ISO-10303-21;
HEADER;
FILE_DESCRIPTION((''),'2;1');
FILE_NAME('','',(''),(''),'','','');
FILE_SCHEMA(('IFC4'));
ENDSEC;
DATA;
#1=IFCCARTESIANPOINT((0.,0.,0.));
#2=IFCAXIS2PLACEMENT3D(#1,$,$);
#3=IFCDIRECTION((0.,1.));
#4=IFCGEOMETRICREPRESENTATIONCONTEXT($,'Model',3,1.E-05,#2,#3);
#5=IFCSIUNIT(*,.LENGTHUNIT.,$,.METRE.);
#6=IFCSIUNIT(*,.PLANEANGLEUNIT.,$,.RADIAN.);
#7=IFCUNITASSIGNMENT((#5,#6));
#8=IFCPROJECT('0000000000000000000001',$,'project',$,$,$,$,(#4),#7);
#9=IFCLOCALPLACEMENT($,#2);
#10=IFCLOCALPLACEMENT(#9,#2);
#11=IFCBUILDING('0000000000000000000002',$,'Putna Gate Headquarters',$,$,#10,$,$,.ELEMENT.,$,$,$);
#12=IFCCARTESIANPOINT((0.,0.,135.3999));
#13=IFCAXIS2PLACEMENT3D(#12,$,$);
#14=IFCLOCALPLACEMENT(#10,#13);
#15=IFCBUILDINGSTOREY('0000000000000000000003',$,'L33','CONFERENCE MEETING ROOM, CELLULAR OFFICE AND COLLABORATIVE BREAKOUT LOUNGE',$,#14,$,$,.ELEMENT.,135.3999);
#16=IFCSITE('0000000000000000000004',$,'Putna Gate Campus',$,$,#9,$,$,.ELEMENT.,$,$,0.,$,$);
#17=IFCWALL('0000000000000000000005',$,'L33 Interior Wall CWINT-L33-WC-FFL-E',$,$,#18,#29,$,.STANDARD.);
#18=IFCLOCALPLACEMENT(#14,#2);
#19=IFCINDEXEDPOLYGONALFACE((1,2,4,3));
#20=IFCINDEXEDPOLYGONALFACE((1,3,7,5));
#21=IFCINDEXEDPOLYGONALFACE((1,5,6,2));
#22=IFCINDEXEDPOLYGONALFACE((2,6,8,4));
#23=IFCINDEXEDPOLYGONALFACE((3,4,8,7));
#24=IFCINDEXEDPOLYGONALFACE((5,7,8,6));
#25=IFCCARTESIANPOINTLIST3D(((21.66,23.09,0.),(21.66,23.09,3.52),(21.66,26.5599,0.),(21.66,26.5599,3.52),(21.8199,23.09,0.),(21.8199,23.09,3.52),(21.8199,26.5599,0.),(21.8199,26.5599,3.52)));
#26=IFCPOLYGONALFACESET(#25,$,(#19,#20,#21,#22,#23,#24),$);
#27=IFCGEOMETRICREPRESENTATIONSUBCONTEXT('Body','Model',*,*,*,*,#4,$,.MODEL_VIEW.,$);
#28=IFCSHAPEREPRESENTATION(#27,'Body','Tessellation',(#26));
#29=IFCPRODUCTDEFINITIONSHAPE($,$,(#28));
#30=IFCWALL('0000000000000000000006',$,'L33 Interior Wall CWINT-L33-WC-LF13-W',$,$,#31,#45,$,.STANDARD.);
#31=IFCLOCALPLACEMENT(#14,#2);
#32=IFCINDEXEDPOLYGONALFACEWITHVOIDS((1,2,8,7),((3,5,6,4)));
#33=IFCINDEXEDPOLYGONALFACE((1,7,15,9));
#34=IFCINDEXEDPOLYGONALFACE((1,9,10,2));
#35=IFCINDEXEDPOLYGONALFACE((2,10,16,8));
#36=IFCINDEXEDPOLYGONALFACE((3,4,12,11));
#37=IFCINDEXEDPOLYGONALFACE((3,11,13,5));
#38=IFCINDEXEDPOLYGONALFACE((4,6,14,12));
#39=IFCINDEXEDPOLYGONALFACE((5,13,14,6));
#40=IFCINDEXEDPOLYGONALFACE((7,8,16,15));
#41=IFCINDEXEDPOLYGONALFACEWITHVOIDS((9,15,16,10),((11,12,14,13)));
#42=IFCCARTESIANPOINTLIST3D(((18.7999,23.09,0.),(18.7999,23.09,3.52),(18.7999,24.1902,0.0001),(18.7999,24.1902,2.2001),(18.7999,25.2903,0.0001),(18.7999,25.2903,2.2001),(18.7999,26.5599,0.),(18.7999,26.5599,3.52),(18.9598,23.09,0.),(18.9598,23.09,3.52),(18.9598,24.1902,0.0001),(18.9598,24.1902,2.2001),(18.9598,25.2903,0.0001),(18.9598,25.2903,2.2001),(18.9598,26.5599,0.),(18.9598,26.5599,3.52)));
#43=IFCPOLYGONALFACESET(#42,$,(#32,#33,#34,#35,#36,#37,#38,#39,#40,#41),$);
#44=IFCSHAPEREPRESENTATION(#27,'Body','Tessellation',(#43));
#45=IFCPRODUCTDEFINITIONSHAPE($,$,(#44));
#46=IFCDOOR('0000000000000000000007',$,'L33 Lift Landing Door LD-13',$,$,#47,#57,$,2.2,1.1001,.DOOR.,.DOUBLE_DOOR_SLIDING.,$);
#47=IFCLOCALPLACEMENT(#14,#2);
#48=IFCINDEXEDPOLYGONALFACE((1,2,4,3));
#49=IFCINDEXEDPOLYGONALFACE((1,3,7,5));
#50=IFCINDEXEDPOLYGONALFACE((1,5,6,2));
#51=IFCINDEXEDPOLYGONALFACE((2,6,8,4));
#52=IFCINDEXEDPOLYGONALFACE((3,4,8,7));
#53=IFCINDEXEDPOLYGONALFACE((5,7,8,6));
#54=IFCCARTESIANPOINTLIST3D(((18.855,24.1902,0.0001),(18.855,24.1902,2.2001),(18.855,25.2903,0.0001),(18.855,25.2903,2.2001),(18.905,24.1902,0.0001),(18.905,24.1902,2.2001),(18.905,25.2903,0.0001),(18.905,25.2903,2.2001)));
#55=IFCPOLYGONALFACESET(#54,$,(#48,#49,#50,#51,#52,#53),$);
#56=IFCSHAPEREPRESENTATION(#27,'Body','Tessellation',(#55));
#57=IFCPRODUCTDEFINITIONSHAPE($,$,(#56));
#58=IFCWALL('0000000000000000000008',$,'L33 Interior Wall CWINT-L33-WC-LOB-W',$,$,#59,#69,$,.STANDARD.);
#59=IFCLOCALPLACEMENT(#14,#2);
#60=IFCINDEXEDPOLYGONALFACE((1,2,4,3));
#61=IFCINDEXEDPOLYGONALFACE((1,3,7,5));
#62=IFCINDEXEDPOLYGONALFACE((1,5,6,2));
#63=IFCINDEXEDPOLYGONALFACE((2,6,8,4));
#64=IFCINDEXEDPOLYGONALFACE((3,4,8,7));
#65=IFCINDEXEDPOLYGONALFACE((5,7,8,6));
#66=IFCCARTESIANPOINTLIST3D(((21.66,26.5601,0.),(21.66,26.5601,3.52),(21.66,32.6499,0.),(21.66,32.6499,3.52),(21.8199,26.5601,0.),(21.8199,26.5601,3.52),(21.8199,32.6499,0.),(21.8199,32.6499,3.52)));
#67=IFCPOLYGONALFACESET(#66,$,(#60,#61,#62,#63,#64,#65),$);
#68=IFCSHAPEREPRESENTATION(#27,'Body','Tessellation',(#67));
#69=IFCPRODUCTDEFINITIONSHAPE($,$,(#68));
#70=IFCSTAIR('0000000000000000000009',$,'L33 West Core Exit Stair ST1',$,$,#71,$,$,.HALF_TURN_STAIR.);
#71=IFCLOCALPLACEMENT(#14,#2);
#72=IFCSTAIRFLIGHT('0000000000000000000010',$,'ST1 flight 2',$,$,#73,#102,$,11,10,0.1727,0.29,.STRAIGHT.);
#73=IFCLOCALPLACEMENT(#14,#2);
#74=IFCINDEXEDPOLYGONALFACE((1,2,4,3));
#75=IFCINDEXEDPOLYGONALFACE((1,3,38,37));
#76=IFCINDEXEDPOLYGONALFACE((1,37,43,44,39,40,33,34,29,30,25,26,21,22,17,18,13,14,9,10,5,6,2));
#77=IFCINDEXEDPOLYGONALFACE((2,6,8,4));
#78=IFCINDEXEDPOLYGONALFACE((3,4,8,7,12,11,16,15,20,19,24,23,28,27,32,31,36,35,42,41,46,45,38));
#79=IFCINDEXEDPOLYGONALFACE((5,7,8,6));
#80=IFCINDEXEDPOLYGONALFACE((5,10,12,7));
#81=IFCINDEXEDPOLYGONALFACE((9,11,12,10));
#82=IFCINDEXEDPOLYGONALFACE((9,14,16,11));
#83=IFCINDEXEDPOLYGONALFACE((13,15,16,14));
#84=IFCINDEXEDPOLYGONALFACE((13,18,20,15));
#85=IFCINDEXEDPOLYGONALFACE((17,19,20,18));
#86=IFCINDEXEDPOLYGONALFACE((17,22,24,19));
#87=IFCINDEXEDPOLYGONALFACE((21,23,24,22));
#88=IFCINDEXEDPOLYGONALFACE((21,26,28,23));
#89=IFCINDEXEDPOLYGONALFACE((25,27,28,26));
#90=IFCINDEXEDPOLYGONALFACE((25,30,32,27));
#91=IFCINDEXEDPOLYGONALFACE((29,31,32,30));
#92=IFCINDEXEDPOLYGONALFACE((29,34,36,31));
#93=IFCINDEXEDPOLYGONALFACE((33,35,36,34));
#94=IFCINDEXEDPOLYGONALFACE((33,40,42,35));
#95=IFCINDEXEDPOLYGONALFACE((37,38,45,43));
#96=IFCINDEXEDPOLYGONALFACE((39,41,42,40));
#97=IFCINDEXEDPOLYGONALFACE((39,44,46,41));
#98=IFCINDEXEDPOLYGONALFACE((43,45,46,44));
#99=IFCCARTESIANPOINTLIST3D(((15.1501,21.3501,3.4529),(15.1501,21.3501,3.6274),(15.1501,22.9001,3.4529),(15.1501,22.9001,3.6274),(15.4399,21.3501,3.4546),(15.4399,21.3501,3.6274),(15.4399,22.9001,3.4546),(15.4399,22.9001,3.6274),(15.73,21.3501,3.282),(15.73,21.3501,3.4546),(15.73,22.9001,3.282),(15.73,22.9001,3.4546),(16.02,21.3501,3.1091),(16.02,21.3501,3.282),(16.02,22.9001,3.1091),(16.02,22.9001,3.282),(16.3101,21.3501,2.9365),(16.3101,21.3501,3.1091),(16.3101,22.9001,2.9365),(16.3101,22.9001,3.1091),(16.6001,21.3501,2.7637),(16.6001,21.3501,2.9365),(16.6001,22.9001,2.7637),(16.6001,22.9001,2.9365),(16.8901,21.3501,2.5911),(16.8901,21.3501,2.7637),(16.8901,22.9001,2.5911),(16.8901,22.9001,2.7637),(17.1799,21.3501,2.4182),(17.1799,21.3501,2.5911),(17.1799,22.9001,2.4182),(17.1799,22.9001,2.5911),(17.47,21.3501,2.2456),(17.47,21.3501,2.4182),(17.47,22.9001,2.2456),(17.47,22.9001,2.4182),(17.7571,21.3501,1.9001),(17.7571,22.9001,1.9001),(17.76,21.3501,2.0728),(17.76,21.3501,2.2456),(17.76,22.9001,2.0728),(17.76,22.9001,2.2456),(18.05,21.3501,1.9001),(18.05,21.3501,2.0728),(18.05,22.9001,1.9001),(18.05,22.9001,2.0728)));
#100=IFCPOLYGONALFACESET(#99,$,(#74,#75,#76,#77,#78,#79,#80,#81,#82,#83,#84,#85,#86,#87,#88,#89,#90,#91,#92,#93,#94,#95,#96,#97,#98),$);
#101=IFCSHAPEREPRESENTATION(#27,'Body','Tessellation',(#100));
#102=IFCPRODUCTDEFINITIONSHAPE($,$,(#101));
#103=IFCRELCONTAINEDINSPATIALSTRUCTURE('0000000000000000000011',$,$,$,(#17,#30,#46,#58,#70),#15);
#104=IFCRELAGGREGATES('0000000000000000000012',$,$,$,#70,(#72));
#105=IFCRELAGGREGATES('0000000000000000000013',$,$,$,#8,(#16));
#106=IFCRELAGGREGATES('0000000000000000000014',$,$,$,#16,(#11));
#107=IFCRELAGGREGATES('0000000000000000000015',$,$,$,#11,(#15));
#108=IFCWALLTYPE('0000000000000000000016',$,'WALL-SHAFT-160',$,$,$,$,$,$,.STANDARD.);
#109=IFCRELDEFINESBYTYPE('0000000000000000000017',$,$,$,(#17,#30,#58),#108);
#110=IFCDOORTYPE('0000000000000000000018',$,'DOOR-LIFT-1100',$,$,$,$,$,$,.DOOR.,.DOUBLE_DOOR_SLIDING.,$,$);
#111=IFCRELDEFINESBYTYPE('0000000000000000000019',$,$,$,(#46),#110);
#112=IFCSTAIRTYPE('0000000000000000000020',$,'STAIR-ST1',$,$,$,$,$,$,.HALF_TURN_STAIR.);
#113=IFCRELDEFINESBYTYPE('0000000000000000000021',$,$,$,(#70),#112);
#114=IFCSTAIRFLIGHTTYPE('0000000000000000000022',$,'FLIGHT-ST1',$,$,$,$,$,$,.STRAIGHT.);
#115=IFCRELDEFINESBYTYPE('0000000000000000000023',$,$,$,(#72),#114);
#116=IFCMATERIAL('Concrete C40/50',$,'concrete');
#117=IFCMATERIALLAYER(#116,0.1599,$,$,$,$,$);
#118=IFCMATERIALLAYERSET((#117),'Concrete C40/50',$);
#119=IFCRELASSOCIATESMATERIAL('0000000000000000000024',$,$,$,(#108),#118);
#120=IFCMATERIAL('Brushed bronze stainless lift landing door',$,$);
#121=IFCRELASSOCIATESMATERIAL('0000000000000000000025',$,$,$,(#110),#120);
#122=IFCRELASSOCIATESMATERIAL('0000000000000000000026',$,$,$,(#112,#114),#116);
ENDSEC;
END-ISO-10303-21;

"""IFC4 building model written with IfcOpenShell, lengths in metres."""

from ifc_helpers import new_model, si_unit, direction, frame, frame_2d, origin, place, context, subcontext, project, spatial, polyline, rectangle, outline, extrude, material, layer, layer_set, type_object, element, fill, aggregate, save


model = new_model("IFC4")

# Units and contexts
model_context = context("Model", 3, precision=1e-05, world=origin(), true_north=direction((0.0, 1.0)))
body_context = subcontext(model_context, "Body", "Model", "MODEL_VIEW")
ifc_project = project(units=[si_unit("LENGTHUNIT", "METRE"), si_unit("PLANEANGLEUNIT", "RADIAN")], contexts=[model_context])

# Site, building, storey
site_placement = place(None, origin())
site = spatial("IfcSite", under=ifc_project, at=site_placement, Name="Putna Gate Campus", CompositionType="ELEMENT", RefElevation=0.0)
building_placement = place(site_placement, origin())
building = spatial("IfcBuilding", under=site, at=building_placement, Name="Putna Gate Headquarters", CompositionType="ELEMENT")
storey_placement = place(building_placement, frame((0.0, 0.0, 135.3999)))
storey = spatial("IfcBuildingStorey", under=building, at=storey_placement, Name="L33", Description="CONFERENCE MEETING ROOM, CELLULAR OFFICE AND COLLABORATIVE BREAKOUT LOUNGE", CompositionType="ELEMENT", Elevation=135.3999)

# Wall
ifc_material_1 = material(Name="Concrete C40/50", Category="concrete")
ifc_layer_1 = layer(ifc_material_1, 0.1599)
ifc_layer_set_1 = layer_set([ifc_layer_1], Name="Concrete C40/50")
wall_type_1 = type_object("IfcWallType", Name="WALL-SHAFT-160", PredefinedType="STANDARD", material=ifc_layer_set_1)
wall_1_placement = place(storey_placement, frame((21.74, 23.0901, 0.0), z_axis=(0.0, 0.0, 1.0), x_axis=(0.0, 1.0, 0.0)))
element("IfcWall", 1, at=wall_1_placement, inside=storey, type_object=wall_type_1, Name="L33 Interior Wall CWINT-L33-WC-FFL-E", PredefinedType="STANDARD", context=body_context, shape_type="SweptSolid", body=[
    extrude(rectangle(XDim=3.47, YDim=0.1599, at=frame_2d((1.7349, 0.0))), origin(), (0.0, 0.0, 1.0), 3.52),
])

# Wall, opening, door
wall_2_placement = place(storey_placement, frame((18.8799, 23.0901, 0.0), z_axis=(0.0, 0.0, 1.0), x_axis=(0.0, 1.0, 0.0)))
wall_2 = element("IfcWall", 2, at=wall_2_placement, inside=storey, type_object=wall_type_1, Name="L33 Interior Wall CWINT-L33-WC-LF13-W", PredefinedType="STANDARD", context=body_context, shape_type="SweptSolid", body=[
    extrude(rectangle(XDim=3.47, YDim=0.1599, at=frame_2d((1.7349, 0.0))), origin(), (0.0, 0.0, 1.0), 3.52),
])
opening_1_placement = place(wall_2_placement, frame((1.1001, 0.0, 0.0)))
opening_1 = element("IfcOpeningElement", 3, at=opening_1_placement, cuts=wall_2, PredefinedType="OPENING", context=body_context, shape_type="SweptSolid", body=[
    extrude(rectangle(XDim=1.1001, YDim=2.2, at=frame_2d((0.55, 1.1001))), frame((0.0, 0.0898, 0.0), z_axis=(0.0, -1.0, 0.0), x_axis=(1.0, 0.0, 0.0)), (0.0, 0.0, 1.0), 0.1799),
])
ifc_material_2 = material(Name="Brushed bronze stainless lift landing door")
door_type_1 = type_object("IfcDoorType", Name="DOOR-LIFT-1100", OperationType="DOUBLE_DOOR_SLIDING", PredefinedType="DOOR", material=ifc_material_2)
door_1_placement = place(opening_1_placement, origin())
door_1 = element("IfcDoor", 4, at=door_1_placement, inside=storey, type_object=door_type_1, Name="L33 Lift Landing Door LD-13", OperationType="DOUBLE_DOOR_SLIDING", OverallHeight=2.2, OverallWidth=1.1001, PredefinedType="DOOR", context=body_context, shape_type="SweptSolid", body=[
    extrude(rectangle(XDim=1.1001, YDim=2.2, at=frame_2d((0.55, 1.1001))), frame((0.0, 0.0249, 0.0), z_axis=(0.0, -1.0, 0.0), x_axis=(1.0, 0.0, 0.0)), (0.0, 0.0, 1.0), 0.05),
])
fill(opening_1, door_1)

# Wall
wall_3_placement = place(storey_placement, frame((21.74, 26.5601, 0.0), z_axis=(0.0, 0.0, 1.0), x_axis=(0.0, 1.0, 0.0)))
element("IfcWall", 5, at=wall_3_placement, inside=storey, type_object=wall_type_1, Name="L33 Interior Wall CWINT-L33-WC-LOB-W", PredefinedType="STANDARD", context=body_context, shape_type="SweptSolid", body=[
    extrude(rectangle(XDim=6.0898, YDim=0.1599, at=frame_2d((3.0449, 0.0))), origin(), (0.0, 0.0, 1.0), 3.52),
])

# Stair, stair flight
stair_type = type_object("IfcStairType", Name="STAIR-ST1", PredefinedType="HALF_TURN_STAIR", material=ifc_material_1)
stair_placement = place(storey_placement, origin())
stair = element("IfcStair", 6, at=stair_placement, inside=storey, type_object=stair_type, Name="L33 West Core Exit Stair ST1", PredefinedType="HALF_TURN_STAIR")
stair_flight_type = type_object("IfcStairFlightType", Name="FLIGHT-ST1", PredefinedType="STRAIGHT", material=ifc_material_1)
stair_flight_placement = place(storey_placement, frame((18.05, 22.125, 1.9001), z_axis=(0.0, 0.0, 1.0), x_axis=(-1.0, 0.0, 0.0)))
stair_flight = element("IfcStairFlight", 7, at=stair_flight_placement, type_object=stair_flight_type, Name="ST1 flight 2", NumberOfRisers=11, NumberOfTreads=10, PredefinedType="STRAIGHT", RiserHeight=0.1727, TreadLength=0.29, context=body_context, shape_type="SweptSolid", body=[
    extrude(outline(polyline([(0.0, 0.0), (0.0, 0.1726), (0.29, 0.1726), (0.29, 0.3455), (0.5801, 0.3455), (0.5801, 0.5181), (0.8701, 0.5181), (0.8701, 0.6909), (1.1599, 0.6909), (1.1599, 0.8635), (1.45, 0.8635), (1.45, 1.0364), (1.74, 1.0364), (1.74, 1.209), (2.03, 1.209), (2.03, 1.3818), (2.3201, 1.3818), (2.3201, 1.5544), (2.6101, 1.5544), (2.6101, 1.7273), (2.8999, 1.7273), (2.8999, 1.8999), (2.8999, 1.5527), (0.293, 0.0), (0.0, 0.0)])), frame((0.0, 0.7749, 0.0), z_axis=(0.0, -1.0, 0.0), x_axis=(1.0, 0.0, 0.0)), (0.0, 0.0, 1.0), 1.55),
])
aggregate(stair, [stair_flight])

save(model, "model.ifc")
